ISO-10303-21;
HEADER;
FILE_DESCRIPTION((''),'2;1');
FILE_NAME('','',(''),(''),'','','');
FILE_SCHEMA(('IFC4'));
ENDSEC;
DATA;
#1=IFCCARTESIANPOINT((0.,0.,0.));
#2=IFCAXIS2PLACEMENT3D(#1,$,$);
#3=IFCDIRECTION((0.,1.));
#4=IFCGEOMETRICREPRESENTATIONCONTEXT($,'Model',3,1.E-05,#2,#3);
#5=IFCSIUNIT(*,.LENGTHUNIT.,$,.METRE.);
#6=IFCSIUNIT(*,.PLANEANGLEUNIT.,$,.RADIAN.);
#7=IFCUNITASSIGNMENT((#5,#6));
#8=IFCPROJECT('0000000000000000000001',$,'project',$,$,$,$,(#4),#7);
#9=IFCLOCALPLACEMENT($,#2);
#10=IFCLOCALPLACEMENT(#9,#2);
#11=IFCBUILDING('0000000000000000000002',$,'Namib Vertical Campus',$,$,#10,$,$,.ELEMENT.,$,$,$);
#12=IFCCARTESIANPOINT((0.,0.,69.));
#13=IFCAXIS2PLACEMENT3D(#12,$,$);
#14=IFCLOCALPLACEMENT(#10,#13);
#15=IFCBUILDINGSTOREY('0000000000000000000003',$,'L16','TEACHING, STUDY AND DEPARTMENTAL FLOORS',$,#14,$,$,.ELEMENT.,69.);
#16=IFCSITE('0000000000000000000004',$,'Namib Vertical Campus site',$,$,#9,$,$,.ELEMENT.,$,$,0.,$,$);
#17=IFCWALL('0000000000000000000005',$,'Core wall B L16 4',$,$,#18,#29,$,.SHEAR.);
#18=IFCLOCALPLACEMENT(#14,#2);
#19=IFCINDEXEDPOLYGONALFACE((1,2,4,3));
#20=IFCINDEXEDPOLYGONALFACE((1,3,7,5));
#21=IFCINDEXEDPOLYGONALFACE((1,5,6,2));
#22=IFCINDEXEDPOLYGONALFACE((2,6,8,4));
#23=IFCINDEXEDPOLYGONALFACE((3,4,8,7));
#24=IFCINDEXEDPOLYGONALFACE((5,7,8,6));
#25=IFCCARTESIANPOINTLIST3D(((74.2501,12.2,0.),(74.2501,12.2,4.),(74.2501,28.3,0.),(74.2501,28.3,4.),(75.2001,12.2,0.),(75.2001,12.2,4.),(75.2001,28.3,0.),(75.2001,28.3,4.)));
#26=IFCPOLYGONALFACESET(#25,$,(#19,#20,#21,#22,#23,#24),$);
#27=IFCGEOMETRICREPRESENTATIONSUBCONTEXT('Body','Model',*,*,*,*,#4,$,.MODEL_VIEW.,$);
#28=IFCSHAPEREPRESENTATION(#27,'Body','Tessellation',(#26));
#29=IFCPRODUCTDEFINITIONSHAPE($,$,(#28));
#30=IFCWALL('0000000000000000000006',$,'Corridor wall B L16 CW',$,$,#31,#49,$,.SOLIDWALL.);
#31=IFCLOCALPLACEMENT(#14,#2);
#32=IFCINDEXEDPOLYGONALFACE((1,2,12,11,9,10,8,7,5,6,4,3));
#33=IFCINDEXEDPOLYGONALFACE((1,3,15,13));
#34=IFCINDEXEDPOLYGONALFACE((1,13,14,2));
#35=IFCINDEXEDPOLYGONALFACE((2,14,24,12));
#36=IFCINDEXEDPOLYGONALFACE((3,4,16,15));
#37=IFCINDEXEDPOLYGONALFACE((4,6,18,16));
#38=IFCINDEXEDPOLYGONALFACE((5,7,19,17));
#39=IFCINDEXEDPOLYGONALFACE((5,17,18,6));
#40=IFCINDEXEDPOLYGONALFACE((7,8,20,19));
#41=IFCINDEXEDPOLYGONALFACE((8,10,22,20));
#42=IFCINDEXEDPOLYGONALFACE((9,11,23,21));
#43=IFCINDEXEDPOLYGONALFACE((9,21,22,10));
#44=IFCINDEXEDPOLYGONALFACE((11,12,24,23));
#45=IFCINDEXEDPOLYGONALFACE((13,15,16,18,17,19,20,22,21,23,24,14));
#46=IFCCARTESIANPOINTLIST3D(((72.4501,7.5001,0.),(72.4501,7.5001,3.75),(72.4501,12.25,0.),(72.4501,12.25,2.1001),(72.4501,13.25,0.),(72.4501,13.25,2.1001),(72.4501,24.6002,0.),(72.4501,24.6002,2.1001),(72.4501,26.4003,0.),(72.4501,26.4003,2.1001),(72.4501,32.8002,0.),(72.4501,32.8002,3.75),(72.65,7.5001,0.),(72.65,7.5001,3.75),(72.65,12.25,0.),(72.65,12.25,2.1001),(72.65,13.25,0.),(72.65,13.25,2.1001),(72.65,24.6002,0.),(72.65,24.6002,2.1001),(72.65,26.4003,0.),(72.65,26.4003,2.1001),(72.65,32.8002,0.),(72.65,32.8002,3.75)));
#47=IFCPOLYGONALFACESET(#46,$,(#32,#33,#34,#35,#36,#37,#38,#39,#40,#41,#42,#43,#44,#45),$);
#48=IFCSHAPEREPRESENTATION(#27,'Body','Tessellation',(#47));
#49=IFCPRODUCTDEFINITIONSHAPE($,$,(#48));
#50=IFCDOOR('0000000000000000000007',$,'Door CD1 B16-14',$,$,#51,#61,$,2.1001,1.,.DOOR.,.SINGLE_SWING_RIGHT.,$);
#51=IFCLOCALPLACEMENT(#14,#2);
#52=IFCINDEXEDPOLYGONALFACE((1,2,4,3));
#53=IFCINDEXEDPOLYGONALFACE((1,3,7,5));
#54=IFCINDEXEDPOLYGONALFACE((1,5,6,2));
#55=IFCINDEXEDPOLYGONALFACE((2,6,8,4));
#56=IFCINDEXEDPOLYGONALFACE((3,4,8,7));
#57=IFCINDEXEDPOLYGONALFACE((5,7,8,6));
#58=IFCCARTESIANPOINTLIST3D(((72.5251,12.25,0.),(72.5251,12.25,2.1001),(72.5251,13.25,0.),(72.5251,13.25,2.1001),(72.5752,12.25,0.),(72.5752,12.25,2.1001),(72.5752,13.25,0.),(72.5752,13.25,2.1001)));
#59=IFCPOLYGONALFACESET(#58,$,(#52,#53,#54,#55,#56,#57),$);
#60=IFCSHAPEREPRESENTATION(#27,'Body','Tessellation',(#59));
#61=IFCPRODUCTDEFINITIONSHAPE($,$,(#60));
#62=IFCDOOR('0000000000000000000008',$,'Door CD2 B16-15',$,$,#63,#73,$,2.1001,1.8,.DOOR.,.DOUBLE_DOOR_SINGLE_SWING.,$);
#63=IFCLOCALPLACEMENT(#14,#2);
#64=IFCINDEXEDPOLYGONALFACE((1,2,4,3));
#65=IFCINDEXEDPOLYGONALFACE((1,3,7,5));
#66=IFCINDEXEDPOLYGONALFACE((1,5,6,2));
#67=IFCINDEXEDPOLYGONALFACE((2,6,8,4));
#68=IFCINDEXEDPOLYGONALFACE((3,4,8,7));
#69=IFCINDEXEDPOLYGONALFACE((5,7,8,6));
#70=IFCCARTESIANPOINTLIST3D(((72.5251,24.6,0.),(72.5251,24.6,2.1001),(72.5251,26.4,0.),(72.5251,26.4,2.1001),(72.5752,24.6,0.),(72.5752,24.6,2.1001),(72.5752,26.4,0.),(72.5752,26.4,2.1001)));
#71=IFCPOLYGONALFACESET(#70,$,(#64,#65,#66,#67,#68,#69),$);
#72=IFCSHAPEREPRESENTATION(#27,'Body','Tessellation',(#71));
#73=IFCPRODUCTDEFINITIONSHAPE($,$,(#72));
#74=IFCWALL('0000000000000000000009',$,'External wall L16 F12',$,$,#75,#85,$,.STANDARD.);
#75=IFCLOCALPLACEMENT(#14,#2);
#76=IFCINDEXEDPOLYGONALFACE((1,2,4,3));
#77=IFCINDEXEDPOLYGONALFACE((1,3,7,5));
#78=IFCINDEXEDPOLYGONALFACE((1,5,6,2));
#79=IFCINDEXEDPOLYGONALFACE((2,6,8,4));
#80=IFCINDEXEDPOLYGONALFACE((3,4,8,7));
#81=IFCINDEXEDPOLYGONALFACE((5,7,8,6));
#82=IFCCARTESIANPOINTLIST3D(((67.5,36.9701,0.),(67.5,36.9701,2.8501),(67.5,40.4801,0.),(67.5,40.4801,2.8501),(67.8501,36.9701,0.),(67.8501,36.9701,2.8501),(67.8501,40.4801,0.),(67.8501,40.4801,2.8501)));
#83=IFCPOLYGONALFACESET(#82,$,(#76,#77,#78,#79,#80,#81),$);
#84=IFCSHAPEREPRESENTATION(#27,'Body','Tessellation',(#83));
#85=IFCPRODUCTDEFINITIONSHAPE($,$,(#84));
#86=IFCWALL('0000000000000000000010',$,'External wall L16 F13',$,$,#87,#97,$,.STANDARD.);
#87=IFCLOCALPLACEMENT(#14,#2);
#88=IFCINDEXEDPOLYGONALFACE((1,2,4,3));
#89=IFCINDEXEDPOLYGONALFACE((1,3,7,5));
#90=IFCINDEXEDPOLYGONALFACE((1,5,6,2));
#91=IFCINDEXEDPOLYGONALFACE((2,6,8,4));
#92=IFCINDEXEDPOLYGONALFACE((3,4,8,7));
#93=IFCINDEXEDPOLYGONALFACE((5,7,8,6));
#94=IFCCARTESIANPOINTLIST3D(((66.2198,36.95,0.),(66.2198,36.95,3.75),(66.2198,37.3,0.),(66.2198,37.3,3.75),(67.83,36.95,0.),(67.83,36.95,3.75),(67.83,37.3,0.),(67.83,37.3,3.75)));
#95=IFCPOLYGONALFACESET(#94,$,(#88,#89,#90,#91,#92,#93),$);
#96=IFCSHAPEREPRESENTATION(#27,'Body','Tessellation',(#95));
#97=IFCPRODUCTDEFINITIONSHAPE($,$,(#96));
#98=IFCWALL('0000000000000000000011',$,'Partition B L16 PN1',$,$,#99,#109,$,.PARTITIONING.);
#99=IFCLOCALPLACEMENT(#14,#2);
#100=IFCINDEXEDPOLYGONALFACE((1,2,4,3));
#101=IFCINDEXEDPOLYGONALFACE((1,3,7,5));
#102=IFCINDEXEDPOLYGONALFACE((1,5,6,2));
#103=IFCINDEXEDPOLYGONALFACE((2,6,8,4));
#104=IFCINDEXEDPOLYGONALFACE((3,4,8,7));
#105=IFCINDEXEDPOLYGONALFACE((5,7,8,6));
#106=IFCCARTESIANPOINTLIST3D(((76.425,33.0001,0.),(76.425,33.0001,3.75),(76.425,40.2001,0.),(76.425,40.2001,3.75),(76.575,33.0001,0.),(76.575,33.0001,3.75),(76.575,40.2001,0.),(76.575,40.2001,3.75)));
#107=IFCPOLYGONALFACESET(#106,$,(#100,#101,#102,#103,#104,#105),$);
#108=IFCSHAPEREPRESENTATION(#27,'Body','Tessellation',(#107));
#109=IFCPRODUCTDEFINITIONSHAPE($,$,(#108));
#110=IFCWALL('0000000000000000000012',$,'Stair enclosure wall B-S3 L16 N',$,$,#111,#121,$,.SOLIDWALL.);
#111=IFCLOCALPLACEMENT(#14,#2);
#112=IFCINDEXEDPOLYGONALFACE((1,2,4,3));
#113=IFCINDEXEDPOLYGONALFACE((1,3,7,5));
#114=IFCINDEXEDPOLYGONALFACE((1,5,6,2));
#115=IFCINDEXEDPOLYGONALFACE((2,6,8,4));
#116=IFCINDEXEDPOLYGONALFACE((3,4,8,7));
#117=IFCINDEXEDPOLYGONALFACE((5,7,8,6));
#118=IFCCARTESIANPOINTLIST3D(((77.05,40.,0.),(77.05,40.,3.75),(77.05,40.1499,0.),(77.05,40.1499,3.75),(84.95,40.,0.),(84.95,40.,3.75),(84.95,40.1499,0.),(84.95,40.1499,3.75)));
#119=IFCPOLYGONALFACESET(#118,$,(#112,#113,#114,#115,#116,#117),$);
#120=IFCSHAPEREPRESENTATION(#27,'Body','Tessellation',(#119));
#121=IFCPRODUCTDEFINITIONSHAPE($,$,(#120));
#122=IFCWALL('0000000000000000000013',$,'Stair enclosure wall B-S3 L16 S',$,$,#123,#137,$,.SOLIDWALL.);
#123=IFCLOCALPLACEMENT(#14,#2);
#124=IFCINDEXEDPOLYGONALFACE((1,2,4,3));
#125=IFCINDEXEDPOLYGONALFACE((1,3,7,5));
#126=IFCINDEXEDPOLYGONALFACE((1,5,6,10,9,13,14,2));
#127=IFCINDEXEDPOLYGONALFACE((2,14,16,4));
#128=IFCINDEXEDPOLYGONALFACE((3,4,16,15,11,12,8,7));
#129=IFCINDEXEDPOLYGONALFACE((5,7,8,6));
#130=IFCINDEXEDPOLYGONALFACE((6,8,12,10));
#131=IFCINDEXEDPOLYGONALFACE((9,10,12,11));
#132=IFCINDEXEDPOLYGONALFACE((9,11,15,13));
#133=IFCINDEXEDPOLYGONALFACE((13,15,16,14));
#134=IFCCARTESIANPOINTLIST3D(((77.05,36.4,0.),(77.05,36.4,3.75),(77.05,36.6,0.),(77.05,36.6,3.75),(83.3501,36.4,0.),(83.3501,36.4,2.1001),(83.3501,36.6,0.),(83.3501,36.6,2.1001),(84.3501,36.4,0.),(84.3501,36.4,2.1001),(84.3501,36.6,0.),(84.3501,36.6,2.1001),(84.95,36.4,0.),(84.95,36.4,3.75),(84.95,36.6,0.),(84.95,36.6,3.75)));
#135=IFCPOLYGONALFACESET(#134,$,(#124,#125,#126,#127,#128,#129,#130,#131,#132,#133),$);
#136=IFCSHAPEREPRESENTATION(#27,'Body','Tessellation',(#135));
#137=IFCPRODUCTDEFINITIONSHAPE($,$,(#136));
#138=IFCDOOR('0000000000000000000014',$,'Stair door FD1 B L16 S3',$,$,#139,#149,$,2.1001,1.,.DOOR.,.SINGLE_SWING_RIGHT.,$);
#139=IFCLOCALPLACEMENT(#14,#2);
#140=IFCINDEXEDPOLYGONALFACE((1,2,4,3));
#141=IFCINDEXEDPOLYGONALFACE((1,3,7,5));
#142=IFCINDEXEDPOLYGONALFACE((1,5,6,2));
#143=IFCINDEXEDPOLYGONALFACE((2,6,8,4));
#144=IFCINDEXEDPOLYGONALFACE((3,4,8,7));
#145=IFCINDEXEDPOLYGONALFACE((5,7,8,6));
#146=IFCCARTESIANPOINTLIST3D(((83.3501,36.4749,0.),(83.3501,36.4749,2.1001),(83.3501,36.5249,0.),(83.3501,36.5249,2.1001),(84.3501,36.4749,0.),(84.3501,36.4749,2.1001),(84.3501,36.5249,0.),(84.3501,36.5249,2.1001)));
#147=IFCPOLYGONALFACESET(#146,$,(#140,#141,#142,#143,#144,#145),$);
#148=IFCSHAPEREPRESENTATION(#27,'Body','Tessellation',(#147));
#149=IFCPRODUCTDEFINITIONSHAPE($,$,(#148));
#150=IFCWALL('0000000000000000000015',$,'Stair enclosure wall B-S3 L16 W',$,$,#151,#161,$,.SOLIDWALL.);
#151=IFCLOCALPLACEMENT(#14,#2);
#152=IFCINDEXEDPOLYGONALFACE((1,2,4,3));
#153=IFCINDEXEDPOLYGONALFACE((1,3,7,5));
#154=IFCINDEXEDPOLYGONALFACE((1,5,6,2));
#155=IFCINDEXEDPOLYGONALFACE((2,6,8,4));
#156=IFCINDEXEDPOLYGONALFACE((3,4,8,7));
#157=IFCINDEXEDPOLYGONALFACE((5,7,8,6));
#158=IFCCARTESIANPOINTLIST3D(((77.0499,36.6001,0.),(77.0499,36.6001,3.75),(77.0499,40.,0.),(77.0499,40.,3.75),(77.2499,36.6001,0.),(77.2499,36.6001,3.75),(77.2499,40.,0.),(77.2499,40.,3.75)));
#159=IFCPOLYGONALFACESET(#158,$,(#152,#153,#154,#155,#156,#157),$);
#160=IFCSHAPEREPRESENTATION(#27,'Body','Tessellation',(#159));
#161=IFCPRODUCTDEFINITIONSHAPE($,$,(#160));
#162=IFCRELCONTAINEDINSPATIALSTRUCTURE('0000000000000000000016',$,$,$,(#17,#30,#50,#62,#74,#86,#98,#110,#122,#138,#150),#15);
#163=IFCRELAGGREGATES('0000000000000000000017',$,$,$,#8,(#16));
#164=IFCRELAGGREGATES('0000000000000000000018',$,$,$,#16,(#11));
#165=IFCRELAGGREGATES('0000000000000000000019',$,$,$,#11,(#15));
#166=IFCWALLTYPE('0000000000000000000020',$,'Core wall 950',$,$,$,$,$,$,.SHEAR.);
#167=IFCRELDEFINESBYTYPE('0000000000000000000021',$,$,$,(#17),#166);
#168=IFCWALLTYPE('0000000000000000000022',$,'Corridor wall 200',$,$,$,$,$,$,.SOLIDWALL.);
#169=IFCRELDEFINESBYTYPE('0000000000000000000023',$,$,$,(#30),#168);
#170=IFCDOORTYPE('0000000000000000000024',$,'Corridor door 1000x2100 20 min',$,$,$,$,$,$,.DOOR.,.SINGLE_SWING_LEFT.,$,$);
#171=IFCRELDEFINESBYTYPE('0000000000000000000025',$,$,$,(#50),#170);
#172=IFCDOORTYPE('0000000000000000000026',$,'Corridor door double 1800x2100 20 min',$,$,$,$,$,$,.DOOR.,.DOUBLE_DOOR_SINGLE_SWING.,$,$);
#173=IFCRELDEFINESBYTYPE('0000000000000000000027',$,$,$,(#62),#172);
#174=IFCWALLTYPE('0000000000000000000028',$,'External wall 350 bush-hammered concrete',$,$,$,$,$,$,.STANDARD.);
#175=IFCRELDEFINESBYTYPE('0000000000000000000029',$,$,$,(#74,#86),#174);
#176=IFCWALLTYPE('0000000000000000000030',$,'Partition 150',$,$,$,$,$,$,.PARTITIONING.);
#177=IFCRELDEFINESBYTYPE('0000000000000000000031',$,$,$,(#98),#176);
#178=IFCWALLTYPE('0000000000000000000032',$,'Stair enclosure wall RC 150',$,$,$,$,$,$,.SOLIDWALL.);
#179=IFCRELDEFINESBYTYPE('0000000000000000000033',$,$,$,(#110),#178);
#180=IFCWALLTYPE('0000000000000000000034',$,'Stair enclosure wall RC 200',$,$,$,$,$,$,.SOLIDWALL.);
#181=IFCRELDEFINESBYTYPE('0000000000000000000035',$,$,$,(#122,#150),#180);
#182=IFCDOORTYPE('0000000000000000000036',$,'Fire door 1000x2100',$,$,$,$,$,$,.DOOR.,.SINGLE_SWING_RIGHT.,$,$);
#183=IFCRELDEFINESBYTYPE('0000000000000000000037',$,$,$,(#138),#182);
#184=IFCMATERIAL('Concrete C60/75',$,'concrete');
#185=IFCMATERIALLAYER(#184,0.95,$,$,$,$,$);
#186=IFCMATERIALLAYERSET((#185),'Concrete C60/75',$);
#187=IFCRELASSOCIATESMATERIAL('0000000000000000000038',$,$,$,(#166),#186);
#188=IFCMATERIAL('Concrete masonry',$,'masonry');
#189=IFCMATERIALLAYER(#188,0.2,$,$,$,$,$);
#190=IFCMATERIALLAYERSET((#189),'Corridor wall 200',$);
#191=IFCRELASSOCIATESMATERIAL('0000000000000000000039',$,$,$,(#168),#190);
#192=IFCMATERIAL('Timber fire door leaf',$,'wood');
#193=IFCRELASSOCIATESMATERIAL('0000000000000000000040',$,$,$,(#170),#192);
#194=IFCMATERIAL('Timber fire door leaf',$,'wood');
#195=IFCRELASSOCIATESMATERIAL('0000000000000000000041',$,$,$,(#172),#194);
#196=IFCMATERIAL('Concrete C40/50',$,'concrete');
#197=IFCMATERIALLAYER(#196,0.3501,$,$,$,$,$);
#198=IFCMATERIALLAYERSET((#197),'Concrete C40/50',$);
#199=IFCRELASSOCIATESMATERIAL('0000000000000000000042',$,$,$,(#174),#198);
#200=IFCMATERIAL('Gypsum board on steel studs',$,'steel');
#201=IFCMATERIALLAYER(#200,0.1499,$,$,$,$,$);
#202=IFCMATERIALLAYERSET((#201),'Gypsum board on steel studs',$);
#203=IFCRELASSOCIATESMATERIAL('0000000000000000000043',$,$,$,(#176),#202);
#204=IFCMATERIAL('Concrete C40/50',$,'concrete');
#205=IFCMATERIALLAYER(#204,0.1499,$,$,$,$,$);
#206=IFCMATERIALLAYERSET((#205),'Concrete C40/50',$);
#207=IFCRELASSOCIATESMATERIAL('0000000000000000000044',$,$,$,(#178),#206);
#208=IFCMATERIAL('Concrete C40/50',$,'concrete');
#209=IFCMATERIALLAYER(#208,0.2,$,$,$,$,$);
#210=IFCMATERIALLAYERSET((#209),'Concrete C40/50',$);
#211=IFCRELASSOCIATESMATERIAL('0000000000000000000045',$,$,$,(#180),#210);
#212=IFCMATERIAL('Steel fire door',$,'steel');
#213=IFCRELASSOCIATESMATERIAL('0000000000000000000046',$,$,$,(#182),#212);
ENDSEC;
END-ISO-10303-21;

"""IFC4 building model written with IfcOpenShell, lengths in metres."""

from ifc_helpers import new_model, si_unit, direction, frame, frame_2d, origin, place, context, subcontext, project, spatial, rectangle, extrude, material, layer, layer_set, type_object, element, fill, save


model = new_model("IFC4")

# Units and contexts
model_context = context("Model", 3, precision=1e-05, world=origin(), true_north=direction((0.0, 1.0)))
body_context = subcontext(model_context, "Body", "Model", "MODEL_VIEW")
ifc_project = project(units=[si_unit("LENGTHUNIT", "METRE"), si_unit("PLANEANGLEUNIT", "RADIAN")], contexts=[model_context])

# Site, building, storey
site_placement = place(None, origin())
site = spatial("IfcSite", under=ifc_project, at=site_placement, Name="Namib Vertical Campus site", CompositionType="ELEMENT", RefElevation=0.0)
building_placement = place(site_placement, origin())
building = spatial("IfcBuilding", under=site, at=building_placement, Name="Namib Vertical Campus", CompositionType="ELEMENT")
storey_placement = place(building_placement, frame((0.0, 0.0, 69.0)))
storey = spatial("IfcBuildingStorey", under=building, at=storey_placement, Name="L16", Description="TEACHING, STUDY AND DEPARTMENTAL FLOORS", CompositionType="ELEMENT", Elevation=69.0)

# Wall
ifc_material_1 = material(Name="Concrete C60/75", Category="concrete")
ifc_layer_1 = layer(ifc_material_1, 0.95)
ifc_layer_set_1 = layer_set([ifc_layer_1], Name="Concrete C60/75")
wall_type_1 = type_object("IfcWallType", Name="Core wall 950", PredefinedType="SHEAR", material=ifc_layer_set_1)
wall_1_placement = place(storey_placement, frame((74.7251, 28.3, 0.0), z_axis=(0.0, 0.0, 1.0), x_axis=(0.0, -1.0, 0.0)))
element("IfcWall", 1, at=wall_1_placement, inside=storey, type_object=wall_type_1, Name="Core wall B L16 4", PredefinedType="SHEAR", context=body_context, shape_type="SweptSolid", body=[
    extrude(rectangle(XDim=16.1001, YDim=0.95, at=frame_2d((8.05, 0.0))), origin(), (0.0, 0.0, 1.0), 4.0),
])

# Wall, openings, doors
ifc_material_2 = material(Name="Concrete masonry", Category="masonry")
ifc_layer_2 = layer(ifc_material_2, 0.2)
ifc_layer_set_2 = layer_set([ifc_layer_2], Name="Corridor wall 200")
wall_type_2 = type_object("IfcWallType", Name="Corridor wall 200", PredefinedType="SOLIDWALL", material=ifc_layer_set_2)
wall_2_placement = place(storey_placement, frame((72.55, 32.8, 0.0), z_axis=(0.0, 0.0, 1.0), x_axis=(0.0, -1.0, 0.0)))
wall_2 = element("IfcWall", 2, at=wall_2_placement, inside=storey, type_object=wall_type_2, Name="Corridor wall B L16 CW", PredefinedType="SOLIDWALL", context=body_context, shape_type="SweptSolid", body=[
    extrude(rectangle(XDim=25.3, YDim=0.2, at=frame_2d((12.6499, 0.0))), origin(), (0.0, 0.0, 1.0), 3.75),
])
opening_1_placement = place(wall_2_placement, frame((19.55, 0.0, 0.0)))
opening_1 = element("IfcOpeningElement", 3, at=opening_1_placement, cuts=wall_2, PredefinedType="OPENING", context=body_context, shape_type="SweptSolid", body=[
    extrude(rectangle(XDim=1.0, YDim=2.1001, at=frame_2d((0.5, 1.05))), frame((0.0, 0.1099, 0.0), z_axis=(0.0, -1.0, 0.0), x_axis=(1.0, 0.0, 0.0)), (0.0, 0.0, 1.0), 0.22),
])
opening_2_placement = place(wall_2_placement, frame((6.3999, 0.0, 0.0)))
opening_2 = element("IfcOpeningElement", 4, at=opening_2_placement, cuts=wall_2, PredefinedType="OPENING", context=body_context, shape_type="SweptSolid", body=[
    extrude(rectangle(XDim=1.8, YDim=2.1001, at=frame_2d((0.8999, 1.05))), frame((0.0, 0.1099, 0.0), z_axis=(0.0, -1.0, 0.0), x_axis=(1.0, 0.0, 0.0)), (0.0, 0.0, 1.0), 0.22),
])
ifc_material_3 = material(Name="Timber fire door leaf", Category="wood")
door_type_1 = type_object("IfcDoorType", Name="Corridor door 1000x2100 20 min", OperationType="SINGLE_SWING_LEFT", PredefinedType="DOOR", material=ifc_material_3)
door_1_placement = place(opening_1_placement, frame((1.0, 0.0, 0.0), z_axis=(0.0, 0.0, 1.0), x_axis=(-1.0, 0.0, 0.0)))
door_1 = element("IfcDoor", 5, at=door_1_placement, inside=storey, type_object=door_type_1, Name="Door CD1 B16-14", OperationType="SINGLE_SWING_RIGHT", OverallHeight=2.1001, OverallWidth=1.0, PredefinedType="DOOR", context=body_context, shape_type="SweptSolid", body=[
    extrude(rectangle(XDim=1.0, YDim=2.1001, at=frame_2d((0.5, 1.05))), frame((0.0, 0.0249, 0.0), z_axis=(0.0, -1.0, 0.0), x_axis=(1.0, 0.0, 0.0)), (0.0, 0.0, 1.0), 0.05),
])
fill(opening_1, door_1)
ifc_material_4 = material(Name="Timber fire door leaf", Category="wood")
door_type_2 = type_object("IfcDoorType", Name="Corridor door double 1800x2100 20 min", OperationType="DOUBLE_DOOR_SINGLE_SWING", PredefinedType="DOOR", material=ifc_material_4)
door_2_placement = place(opening_2_placement, frame((1.8, 0.0, 0.0), z_axis=(0.0, 0.0, 1.0), x_axis=(-1.0, 0.0, 0.0)))
door_2 = element("IfcDoor", 6, at=door_2_placement, inside=storey, type_object=door_type_2, Name="Door CD2 B16-15", OperationType="DOUBLE_DOOR_SINGLE_SWING", OverallHeight=2.1001, OverallWidth=1.8, PredefinedType="DOOR", context=body_context, shape_type="SweptSolid", body=[
    extrude(rectangle(XDim=1.8, YDim=2.1001, at=frame_2d((0.8999, 1.05))), frame((0.0, 0.0249, 0.0), z_axis=(0.0, -1.0, 0.0), x_axis=(1.0, 0.0, 0.0)), (0.0, 0.0, 1.0), 0.05),
])
fill(opening_2, door_2)

# Walls
ifc_material_5 = material(Name="Concrete C40/50", Category="concrete")
ifc_layer_3 = layer(ifc_material_5, 0.3501)
ifc_layer_set_3 = layer_set([ifc_layer_3], Name="Concrete C40/50")
wall_type_3 = type_object("IfcWallType", Name="External wall 350 bush-hammered concrete", PredefinedType="STANDARD", material=ifc_layer_set_3)
wall_3_placement = place(storey_placement, frame((67.675, 40.48, 0.0), z_axis=(0.0, 0.0, 1.0), x_axis=(0.0, -1.0, 0.0)))
element("IfcWall", 7, at=wall_3_placement, inside=storey, type_object=wall_type_3, Name="External wall L16 F12", PredefinedType="STANDARD", context=body_context, shape_type="SweptSolid", body=[
    extrude(rectangle(XDim=3.51, YDim=0.3501, at=frame_2d((1.7549, 0.0))), origin(), (0.0, 0.0, 1.0), 2.8501),
])
wall_4_placement = place(storey_placement, frame((67.8301, 37.125, 0.0), z_axis=(0.0, 0.0, 1.0), x_axis=(-1.0, 0.0, 0.0)))
element("IfcWall", 8, at=wall_4_placement, inside=storey, type_object=wall_type_3, Name="External wall L16 F13", PredefinedType="STANDARD", context=body_context, shape_type="SweptSolid", body=[
    extrude(rectangle(XDim=1.6101, YDim=0.3501, at=frame_2d((0.8052, 0.0))), origin(), (0.0, 0.0, 1.0), 3.75),
])
ifc_material_6 = material(Name="Gypsum board on steel studs", Category="steel")
ifc_layer_4 = layer(ifc_material_6, 0.1499)
ifc_layer_set_4 = layer_set([ifc_layer_4], Name="Gypsum board on steel studs")
wall_type_4 = type_object("IfcWallType", Name="Partition 150", PredefinedType="PARTITIONING", material=ifc_layer_set_4)
wall_5_placement = place(storey_placement, frame((76.5, 33.0, 0.0), z_axis=(0.0, 0.0, 1.0), x_axis=(0.0, 1.0, 0.0)))
element("IfcWall", 9, at=wall_5_placement, inside=storey, type_object=wall_type_4, Name="Partition B L16 PN1", PredefinedType="PARTITIONING", context=body_context, shape_type="SweptSolid", body=[
    extrude(rectangle(XDim=7.2, YDim=0.1499, at=frame_2d((3.6001, 0.0))), origin(), (0.0, 0.0, 1.0), 3.75),
])
ifc_material_7 = material(Name="Concrete C40/50", Category="concrete")
ifc_layer_5 = layer(ifc_material_7, 0.1499)
ifc_layer_set_5 = layer_set([ifc_layer_5], Name="Concrete C40/50")
wall_type_5 = type_object("IfcWallType", Name="Stair enclosure wall RC 150", PredefinedType="SOLIDWALL", material=ifc_layer_set_5)
wall_6_placement = place(storey_placement, frame((77.05, 40.075, 0.0), z_axis=(0.0, 0.0, 1.0), x_axis=(1.0, 0.0, 0.0)))
element("IfcWall", 10, at=wall_6_placement, inside=storey, type_object=wall_type_5, Name="Stair enclosure wall B-S3 L16 N", PredefinedType="SOLIDWALL", context=body_context, shape_type="SweptSolid", body=[
    extrude(rectangle(XDim=7.8999, YDim=0.1499, at=frame_2d((3.95, 0.0))), origin(), (0.0, 0.0, 1.0), 3.75),
])

# Wall, opening, door
ifc_material_8 = material(Name="Concrete C40/50", Category="concrete")
ifc_layer_6 = layer(ifc_material_8, 0.2)
ifc_layer_set_6 = layer_set([ifc_layer_6], Name="Concrete C40/50")
wall_type_6 = type_object("IfcWallType", Name="Stair enclosure wall RC 200", PredefinedType="SOLIDWALL", material=ifc_layer_set_6)
wall_7_placement = place(storey_placement, frame((77.05, 36.5, 0.0), z_axis=(0.0, 0.0, 1.0), x_axis=(1.0, 0.0, 0.0)))
wall_7 = element("IfcWall", 11, at=wall_7_placement, inside=storey, type_object=wall_type_6, Name="Stair enclosure wall B-S3 L16 S", PredefinedType="SOLIDWALL", context=body_context, shape_type="SweptSolid", body=[
    extrude(rectangle(XDim=7.8999, YDim=0.2, at=frame_2d((3.95, 0.0))), origin(), (0.0, 0.0, 1.0), 3.75),
])
opening_3_placement = place(wall_7_placement, frame((6.3, 0.0, 0.0)))
opening_3 = element("IfcOpeningElement", 12, at=opening_3_placement, cuts=wall_7, PredefinedType="OPENING", context=body_context, shape_type="SweptSolid", body=[
    extrude(rectangle(XDim=1.0, YDim=2.1001, at=frame_2d((0.5, 1.05))), frame((0.0, 0.1099, 0.0), z_axis=(0.0, -1.0, 0.0), x_axis=(1.0, 0.0, 0.0)), (0.0, 0.0, 1.0), 0.22),
])
ifc_material_9 = material(Name="Steel fire door", Category="steel")
door_type_3 = type_object("IfcDoorType", Name="Fire door 1000x2100", OperationType="SINGLE_SWING_RIGHT", PredefinedType="DOOR", material=ifc_material_9)
door_3_placement = place(opening_3_placement, origin())
door_3 = element("IfcDoor", 13, at=door_3_placement, inside=storey, type_object=door_type_3, Name="Stair door FD1 B L16 S3", OperationType="SINGLE_SWING_RIGHT", OverallHeight=2.1001, OverallWidth=1.0, PredefinedType="DOOR", context=body_context, shape_type="SweptSolid", body=[
    extrude(rectangle(XDim=1.0, YDim=2.1001, at=frame_2d((0.5, 1.05))), frame((0.0, 0.0249, 0.0), z_axis=(0.0, -1.0, 0.0), x_axis=(1.0, 0.0, 0.0)), (0.0, 0.0, 1.0), 0.05),
])
fill(opening_3, door_3)

# Wall
wall_8_placement = place(storey_placement, frame((77.1499, 36.6001, 0.0), z_axis=(0.0, 0.0, 1.0), x_axis=(0.0, 1.0, 0.0)))
element("IfcWall", 14, at=wall_8_placement, inside=storey, type_object=wall_type_6, Name="Stair enclosure wall B-S3 L16 W", PredefinedType="SOLIDWALL", context=body_context, shape_type="SweptSolid", body=[
    extrude(rectangle(XDim=3.3999, YDim=0.2, at=frame_2d((1.7, 0.0))), origin(), (0.0, 0.0, 1.0), 3.75),
])

save(model, "model.ifc")
